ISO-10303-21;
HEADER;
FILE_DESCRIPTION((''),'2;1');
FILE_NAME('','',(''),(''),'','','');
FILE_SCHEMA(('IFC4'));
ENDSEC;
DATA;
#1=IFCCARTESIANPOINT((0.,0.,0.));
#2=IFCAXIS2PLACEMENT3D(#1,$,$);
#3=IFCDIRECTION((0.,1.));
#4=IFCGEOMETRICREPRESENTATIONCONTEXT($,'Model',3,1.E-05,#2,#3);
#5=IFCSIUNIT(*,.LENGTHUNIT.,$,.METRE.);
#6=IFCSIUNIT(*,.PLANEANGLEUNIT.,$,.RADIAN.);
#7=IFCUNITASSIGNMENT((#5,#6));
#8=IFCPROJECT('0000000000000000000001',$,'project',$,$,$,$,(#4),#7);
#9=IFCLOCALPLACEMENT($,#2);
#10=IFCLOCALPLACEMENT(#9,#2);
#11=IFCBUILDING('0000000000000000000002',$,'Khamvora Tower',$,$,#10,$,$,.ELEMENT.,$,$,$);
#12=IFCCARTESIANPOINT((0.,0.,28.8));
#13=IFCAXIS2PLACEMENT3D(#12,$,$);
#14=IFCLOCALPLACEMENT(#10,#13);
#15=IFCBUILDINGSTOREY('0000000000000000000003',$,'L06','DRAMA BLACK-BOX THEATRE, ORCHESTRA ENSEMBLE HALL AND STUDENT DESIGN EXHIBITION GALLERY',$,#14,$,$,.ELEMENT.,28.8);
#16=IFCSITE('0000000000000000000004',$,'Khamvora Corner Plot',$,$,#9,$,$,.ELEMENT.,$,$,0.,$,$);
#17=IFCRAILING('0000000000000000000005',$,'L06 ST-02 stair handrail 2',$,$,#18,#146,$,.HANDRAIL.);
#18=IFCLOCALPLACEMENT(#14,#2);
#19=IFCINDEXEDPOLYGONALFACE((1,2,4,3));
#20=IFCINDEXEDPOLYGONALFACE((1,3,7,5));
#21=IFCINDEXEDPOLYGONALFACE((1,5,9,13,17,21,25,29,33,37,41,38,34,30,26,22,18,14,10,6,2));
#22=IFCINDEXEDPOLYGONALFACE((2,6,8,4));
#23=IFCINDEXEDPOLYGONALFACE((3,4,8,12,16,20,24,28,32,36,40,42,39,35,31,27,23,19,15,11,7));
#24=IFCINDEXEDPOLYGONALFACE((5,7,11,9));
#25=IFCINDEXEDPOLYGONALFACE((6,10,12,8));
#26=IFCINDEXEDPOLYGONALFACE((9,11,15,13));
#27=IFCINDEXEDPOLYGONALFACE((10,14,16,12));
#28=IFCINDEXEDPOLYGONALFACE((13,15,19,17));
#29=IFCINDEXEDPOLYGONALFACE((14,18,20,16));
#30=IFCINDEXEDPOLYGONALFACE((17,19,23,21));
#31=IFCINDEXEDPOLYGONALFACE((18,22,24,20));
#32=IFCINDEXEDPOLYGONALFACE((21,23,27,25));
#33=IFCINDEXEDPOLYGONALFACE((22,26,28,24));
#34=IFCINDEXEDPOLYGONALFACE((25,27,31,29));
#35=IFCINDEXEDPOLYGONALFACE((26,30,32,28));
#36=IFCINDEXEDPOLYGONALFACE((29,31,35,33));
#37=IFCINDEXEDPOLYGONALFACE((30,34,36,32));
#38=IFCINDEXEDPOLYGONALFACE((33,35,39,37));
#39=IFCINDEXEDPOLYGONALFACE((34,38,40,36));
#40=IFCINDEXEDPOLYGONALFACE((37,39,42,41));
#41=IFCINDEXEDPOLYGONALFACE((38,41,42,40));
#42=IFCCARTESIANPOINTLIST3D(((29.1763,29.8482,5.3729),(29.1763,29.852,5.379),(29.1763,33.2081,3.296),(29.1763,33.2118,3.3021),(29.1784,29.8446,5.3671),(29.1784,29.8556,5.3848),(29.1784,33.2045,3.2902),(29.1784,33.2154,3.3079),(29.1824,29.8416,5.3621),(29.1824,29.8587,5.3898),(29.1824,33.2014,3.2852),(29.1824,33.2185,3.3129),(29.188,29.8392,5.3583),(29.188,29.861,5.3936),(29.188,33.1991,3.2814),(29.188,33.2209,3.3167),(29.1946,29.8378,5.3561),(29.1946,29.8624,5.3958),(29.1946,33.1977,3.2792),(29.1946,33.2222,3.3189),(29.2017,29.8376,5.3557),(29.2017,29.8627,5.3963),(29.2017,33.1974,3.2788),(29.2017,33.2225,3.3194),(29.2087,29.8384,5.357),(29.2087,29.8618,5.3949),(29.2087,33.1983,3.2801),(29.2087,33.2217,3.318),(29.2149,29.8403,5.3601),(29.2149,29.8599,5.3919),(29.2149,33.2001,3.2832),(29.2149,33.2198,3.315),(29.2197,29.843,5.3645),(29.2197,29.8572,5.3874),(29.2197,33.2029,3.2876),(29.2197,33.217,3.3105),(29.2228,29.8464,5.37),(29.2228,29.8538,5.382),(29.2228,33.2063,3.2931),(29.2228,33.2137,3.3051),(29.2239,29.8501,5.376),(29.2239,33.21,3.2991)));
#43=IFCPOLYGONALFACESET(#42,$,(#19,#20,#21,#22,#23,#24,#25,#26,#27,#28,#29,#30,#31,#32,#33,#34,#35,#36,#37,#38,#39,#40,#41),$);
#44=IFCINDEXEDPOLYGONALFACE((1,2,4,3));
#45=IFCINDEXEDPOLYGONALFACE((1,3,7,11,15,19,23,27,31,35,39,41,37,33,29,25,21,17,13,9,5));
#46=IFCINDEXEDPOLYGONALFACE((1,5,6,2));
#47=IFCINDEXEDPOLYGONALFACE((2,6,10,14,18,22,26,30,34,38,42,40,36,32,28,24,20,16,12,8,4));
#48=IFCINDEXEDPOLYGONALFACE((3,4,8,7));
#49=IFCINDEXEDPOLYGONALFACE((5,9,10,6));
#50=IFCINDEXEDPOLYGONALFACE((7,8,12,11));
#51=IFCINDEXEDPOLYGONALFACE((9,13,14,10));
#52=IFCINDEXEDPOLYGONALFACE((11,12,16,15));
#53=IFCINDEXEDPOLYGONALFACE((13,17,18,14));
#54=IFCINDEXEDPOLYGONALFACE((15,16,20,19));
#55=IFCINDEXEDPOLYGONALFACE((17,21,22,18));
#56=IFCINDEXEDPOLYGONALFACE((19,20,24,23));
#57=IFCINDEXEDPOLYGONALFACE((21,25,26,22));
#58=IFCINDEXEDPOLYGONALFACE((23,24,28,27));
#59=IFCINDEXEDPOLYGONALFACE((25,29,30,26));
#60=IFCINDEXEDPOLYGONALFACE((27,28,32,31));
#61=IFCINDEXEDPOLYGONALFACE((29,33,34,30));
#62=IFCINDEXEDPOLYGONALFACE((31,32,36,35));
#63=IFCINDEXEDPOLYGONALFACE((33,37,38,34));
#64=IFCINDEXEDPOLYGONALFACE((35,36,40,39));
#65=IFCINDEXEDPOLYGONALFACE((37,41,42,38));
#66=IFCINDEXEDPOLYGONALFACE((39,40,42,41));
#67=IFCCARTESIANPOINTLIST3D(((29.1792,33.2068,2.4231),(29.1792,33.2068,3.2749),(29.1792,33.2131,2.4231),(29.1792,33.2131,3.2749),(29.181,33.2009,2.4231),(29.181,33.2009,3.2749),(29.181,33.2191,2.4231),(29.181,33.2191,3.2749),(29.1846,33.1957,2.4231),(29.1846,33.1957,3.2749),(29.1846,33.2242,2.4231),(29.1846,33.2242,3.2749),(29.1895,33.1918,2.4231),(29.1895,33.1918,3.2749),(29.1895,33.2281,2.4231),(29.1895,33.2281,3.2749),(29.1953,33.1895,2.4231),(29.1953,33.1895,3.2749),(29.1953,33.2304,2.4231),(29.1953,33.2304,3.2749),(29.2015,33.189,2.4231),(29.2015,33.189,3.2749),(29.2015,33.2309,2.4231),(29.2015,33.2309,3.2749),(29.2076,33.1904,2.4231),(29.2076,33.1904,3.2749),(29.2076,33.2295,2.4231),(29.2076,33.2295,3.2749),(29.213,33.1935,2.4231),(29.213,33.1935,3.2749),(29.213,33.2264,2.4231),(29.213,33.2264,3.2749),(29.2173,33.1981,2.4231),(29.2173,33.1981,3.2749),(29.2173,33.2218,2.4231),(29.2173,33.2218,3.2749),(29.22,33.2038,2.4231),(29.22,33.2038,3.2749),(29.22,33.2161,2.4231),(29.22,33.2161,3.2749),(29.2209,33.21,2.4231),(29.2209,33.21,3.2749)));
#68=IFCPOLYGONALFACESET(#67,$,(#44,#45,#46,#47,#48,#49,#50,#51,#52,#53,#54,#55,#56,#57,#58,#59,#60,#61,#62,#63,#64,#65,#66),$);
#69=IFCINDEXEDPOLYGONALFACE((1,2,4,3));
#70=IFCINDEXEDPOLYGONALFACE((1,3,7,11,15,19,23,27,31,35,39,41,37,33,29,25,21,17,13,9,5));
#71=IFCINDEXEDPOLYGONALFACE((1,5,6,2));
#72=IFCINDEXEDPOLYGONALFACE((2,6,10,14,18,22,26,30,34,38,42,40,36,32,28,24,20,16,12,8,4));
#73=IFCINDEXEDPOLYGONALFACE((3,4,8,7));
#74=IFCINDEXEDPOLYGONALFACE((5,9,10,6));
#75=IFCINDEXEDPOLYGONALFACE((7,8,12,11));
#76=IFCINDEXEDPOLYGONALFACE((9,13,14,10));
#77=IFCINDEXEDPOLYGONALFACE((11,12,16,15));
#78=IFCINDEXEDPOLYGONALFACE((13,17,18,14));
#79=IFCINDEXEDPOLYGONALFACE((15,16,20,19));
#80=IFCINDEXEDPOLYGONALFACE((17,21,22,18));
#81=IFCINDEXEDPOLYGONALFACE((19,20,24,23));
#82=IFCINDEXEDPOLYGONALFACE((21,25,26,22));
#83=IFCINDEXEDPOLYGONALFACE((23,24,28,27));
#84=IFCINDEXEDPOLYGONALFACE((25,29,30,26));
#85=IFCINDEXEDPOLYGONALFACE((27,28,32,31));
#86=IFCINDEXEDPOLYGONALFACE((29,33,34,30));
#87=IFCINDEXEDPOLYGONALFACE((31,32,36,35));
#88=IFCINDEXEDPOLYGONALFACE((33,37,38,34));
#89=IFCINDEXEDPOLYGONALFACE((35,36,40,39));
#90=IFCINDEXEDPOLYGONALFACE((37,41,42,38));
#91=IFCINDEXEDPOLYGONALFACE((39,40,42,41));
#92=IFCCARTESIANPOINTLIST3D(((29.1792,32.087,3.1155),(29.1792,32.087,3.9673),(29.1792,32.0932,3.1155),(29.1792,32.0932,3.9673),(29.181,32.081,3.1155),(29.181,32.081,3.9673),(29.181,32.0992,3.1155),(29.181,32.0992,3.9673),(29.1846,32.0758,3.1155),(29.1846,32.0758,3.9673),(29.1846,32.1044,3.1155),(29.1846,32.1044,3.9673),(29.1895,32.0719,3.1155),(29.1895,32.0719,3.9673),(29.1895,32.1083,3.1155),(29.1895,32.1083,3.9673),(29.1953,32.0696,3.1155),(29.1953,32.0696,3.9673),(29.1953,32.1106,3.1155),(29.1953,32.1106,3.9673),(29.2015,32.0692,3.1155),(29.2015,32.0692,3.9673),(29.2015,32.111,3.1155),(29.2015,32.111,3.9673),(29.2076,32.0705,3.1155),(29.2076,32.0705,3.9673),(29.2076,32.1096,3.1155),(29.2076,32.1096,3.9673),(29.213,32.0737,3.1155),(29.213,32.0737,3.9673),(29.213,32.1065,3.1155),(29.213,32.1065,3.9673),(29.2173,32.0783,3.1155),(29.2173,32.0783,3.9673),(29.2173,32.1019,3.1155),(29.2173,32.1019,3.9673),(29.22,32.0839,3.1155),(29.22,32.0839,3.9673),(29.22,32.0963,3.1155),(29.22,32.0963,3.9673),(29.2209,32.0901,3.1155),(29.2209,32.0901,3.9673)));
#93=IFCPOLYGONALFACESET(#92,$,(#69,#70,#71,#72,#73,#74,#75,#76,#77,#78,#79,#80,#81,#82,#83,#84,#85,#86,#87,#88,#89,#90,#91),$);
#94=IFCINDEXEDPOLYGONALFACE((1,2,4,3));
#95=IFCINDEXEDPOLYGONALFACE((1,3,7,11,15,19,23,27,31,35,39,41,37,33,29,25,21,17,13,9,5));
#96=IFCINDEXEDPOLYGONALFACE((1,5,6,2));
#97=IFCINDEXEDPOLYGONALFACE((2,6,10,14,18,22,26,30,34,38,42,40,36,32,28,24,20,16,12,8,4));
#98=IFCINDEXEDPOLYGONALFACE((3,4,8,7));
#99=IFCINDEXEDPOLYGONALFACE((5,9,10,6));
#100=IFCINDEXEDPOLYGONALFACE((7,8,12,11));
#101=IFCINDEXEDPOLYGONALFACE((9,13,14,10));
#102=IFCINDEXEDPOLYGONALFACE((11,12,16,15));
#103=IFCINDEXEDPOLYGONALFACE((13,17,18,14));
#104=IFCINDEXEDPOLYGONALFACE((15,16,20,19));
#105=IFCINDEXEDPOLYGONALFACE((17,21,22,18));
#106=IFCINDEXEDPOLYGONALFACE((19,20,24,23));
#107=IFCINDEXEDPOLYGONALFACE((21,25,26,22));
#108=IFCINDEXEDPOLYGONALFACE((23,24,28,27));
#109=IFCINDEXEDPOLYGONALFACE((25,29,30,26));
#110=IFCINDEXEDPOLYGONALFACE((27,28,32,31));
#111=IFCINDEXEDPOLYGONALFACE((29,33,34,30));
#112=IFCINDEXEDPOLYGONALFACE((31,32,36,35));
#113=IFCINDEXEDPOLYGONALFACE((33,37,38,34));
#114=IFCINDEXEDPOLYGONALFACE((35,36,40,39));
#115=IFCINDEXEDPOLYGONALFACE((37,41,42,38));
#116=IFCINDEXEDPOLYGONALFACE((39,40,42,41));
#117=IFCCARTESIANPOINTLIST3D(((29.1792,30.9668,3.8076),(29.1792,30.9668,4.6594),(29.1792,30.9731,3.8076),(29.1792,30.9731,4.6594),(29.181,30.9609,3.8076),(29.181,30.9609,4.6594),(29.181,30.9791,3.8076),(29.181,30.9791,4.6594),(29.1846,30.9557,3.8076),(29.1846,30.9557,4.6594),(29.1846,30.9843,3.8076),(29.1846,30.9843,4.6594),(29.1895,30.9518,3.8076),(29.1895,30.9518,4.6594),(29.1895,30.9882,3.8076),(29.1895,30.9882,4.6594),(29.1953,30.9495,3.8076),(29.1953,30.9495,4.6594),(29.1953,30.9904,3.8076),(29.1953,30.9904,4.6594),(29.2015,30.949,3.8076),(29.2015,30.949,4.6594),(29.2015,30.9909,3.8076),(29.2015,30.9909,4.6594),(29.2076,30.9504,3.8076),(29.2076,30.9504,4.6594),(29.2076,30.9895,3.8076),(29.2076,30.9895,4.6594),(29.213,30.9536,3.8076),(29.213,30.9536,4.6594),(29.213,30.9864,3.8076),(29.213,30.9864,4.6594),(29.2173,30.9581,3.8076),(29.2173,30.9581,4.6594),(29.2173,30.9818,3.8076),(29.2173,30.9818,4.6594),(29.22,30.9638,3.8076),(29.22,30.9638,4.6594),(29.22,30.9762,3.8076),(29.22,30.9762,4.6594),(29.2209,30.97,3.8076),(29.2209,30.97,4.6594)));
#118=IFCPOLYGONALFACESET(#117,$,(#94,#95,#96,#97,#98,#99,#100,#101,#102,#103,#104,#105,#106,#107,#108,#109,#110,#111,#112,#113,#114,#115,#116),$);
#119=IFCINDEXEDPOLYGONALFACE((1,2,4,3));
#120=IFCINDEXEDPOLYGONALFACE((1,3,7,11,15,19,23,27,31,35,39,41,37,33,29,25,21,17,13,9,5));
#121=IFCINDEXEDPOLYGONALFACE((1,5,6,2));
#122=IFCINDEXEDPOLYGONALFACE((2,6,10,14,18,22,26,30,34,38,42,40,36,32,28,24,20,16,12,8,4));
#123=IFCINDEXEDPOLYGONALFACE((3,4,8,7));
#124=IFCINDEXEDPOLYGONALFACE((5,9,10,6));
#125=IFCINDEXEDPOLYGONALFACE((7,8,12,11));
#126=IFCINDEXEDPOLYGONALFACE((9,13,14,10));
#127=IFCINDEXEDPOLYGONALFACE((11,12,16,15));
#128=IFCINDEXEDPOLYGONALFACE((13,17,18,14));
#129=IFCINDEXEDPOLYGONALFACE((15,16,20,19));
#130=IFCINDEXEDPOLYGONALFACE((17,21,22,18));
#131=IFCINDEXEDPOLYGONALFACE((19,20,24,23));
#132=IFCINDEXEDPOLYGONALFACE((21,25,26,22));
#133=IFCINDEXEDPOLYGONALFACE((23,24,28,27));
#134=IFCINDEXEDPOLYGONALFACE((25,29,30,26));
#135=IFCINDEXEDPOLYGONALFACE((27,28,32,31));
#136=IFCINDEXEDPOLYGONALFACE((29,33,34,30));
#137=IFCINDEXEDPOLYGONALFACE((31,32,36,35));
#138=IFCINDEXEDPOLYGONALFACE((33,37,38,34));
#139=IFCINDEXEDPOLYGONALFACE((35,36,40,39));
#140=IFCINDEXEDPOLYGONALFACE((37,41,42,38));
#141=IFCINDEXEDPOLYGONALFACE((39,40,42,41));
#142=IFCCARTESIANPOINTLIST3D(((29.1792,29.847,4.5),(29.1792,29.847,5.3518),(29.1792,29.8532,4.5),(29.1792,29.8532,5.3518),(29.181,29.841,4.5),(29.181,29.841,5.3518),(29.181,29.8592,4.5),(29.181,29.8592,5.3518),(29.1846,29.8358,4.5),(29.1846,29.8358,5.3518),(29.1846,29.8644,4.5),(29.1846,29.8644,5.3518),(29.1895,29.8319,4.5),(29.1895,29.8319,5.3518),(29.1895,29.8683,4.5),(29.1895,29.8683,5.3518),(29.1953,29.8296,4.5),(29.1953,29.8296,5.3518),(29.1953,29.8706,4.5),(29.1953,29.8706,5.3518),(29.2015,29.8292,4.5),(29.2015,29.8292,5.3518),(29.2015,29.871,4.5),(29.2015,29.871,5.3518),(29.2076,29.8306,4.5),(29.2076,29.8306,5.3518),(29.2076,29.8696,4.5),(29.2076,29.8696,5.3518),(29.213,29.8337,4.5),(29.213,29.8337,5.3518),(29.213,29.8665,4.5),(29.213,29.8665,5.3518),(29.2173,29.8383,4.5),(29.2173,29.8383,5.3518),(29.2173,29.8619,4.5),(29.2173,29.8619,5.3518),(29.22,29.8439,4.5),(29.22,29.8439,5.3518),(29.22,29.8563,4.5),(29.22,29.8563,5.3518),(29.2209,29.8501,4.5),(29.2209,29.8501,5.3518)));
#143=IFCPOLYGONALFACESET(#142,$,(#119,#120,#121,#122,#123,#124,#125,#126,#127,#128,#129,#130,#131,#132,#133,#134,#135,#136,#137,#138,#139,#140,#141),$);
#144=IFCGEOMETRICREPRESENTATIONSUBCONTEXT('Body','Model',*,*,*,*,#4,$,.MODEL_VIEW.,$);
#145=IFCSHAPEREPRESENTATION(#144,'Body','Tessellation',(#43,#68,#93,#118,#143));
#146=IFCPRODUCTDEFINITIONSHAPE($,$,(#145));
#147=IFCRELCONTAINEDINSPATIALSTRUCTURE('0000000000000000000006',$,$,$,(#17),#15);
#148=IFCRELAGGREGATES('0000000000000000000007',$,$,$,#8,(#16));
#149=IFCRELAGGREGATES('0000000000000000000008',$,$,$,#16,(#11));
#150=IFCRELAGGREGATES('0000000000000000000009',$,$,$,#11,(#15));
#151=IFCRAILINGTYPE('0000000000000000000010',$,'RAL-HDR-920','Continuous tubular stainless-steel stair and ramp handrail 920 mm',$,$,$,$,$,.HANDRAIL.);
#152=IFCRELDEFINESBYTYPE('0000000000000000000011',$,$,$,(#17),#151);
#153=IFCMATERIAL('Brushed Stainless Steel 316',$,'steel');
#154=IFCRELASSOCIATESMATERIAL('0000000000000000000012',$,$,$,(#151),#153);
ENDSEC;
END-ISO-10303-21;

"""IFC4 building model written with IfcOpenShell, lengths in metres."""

from ifc_helpers import new_model, si_unit, direction, frame, origin, origin_2d, place, context, subcontext, project, spatial, circle, extrude, material, type_object, element, save


model = new_model("IFC4")

# Units and contexts
model_context = context("Model", 3, precision=1e-05, world=origin(), true_north=direction((0.0, 1.0)))
body_context = subcontext(model_context, "Body", "Model", "MODEL_VIEW")
ifc_project = project(units=[si_unit("LENGTHUNIT", "METRE"), si_unit("PLANEANGLEUNIT", "RADIAN")], contexts=[model_context])

# Site, building, storey
site_placement = place(None, origin())
site = spatial("IfcSite", under=ifc_project, at=site_placement, Name="Khamvora Corner Plot", CompositionType="ELEMENT", RefElevation=0.0)
building_placement = place(site_placement, origin())
building = spatial("IfcBuilding", under=site, at=building_placement, Name="Khamvora Tower", CompositionType="ELEMENT")
storey_placement = place(building_placement, frame((0.0, 0.0, 28.8)))
storey = spatial("IfcBuildingStorey", under=building, at=storey_placement, Name="L06", Description="DRAMA BLACK-BOX THEATRE, ORCHESTRA ENSEMBLE HALL AND STUDENT DESIGN EXHIBITION GALLERY", CompositionType="ELEMENT", Elevation=28.8)

# Railing
ifc_material_1 = material(Name="Brushed Stainless Steel 316", Category="steel")
railing_type_1 = type_object("IfcRailingType", Name="RAL-HDR-920", Description="Continuous tubular stainless-steel stair and ramp handrail 920 mm", PredefinedType="HANDRAIL", material=ifc_material_1)
railing_1_placement = place(storey_placement, frame((29.2, 33.21, 2.4231)))
element("IfcRailing", 1, at=railing_1_placement, inside=storey, type_object=railing_type_1, Name="L06 ST-02 stair handrail 2", PredefinedType="HANDRAIL", context=body_context, shape_type="SweptSolid", body=[
    extrude(circle(Radius=0.0239, at=origin_2d()), frame((0.0, 0.0, 0.876), z_axis=(0.0, -0.850606, 0.525803), x_axis=(1.0, 0.0, 0.0)), (0.0, 0.0, 1.0), 3.95),
    extrude(circle(Radius=0.021, at=origin_2d()), origin(), (0.0, 0.0, 1.0), 0.8518),
    extrude(circle(Radius=0.021, at=origin_2d()), frame((0.0, -1.1199, 0.6924)), (0.0, 0.0, 1.0), 0.8518),
    extrude(circle(Radius=0.021, at=origin_2d()), frame((0.0, -2.24, 1.3845)), (0.0, 0.0, 1.0), 0.8518),
    extrude(circle(Radius=0.021, at=origin_2d()), frame((0.0, -3.3599, 2.0769)), (0.0, 0.0, 1.0), 0.8518),
])

save(model, "model.ifc")
